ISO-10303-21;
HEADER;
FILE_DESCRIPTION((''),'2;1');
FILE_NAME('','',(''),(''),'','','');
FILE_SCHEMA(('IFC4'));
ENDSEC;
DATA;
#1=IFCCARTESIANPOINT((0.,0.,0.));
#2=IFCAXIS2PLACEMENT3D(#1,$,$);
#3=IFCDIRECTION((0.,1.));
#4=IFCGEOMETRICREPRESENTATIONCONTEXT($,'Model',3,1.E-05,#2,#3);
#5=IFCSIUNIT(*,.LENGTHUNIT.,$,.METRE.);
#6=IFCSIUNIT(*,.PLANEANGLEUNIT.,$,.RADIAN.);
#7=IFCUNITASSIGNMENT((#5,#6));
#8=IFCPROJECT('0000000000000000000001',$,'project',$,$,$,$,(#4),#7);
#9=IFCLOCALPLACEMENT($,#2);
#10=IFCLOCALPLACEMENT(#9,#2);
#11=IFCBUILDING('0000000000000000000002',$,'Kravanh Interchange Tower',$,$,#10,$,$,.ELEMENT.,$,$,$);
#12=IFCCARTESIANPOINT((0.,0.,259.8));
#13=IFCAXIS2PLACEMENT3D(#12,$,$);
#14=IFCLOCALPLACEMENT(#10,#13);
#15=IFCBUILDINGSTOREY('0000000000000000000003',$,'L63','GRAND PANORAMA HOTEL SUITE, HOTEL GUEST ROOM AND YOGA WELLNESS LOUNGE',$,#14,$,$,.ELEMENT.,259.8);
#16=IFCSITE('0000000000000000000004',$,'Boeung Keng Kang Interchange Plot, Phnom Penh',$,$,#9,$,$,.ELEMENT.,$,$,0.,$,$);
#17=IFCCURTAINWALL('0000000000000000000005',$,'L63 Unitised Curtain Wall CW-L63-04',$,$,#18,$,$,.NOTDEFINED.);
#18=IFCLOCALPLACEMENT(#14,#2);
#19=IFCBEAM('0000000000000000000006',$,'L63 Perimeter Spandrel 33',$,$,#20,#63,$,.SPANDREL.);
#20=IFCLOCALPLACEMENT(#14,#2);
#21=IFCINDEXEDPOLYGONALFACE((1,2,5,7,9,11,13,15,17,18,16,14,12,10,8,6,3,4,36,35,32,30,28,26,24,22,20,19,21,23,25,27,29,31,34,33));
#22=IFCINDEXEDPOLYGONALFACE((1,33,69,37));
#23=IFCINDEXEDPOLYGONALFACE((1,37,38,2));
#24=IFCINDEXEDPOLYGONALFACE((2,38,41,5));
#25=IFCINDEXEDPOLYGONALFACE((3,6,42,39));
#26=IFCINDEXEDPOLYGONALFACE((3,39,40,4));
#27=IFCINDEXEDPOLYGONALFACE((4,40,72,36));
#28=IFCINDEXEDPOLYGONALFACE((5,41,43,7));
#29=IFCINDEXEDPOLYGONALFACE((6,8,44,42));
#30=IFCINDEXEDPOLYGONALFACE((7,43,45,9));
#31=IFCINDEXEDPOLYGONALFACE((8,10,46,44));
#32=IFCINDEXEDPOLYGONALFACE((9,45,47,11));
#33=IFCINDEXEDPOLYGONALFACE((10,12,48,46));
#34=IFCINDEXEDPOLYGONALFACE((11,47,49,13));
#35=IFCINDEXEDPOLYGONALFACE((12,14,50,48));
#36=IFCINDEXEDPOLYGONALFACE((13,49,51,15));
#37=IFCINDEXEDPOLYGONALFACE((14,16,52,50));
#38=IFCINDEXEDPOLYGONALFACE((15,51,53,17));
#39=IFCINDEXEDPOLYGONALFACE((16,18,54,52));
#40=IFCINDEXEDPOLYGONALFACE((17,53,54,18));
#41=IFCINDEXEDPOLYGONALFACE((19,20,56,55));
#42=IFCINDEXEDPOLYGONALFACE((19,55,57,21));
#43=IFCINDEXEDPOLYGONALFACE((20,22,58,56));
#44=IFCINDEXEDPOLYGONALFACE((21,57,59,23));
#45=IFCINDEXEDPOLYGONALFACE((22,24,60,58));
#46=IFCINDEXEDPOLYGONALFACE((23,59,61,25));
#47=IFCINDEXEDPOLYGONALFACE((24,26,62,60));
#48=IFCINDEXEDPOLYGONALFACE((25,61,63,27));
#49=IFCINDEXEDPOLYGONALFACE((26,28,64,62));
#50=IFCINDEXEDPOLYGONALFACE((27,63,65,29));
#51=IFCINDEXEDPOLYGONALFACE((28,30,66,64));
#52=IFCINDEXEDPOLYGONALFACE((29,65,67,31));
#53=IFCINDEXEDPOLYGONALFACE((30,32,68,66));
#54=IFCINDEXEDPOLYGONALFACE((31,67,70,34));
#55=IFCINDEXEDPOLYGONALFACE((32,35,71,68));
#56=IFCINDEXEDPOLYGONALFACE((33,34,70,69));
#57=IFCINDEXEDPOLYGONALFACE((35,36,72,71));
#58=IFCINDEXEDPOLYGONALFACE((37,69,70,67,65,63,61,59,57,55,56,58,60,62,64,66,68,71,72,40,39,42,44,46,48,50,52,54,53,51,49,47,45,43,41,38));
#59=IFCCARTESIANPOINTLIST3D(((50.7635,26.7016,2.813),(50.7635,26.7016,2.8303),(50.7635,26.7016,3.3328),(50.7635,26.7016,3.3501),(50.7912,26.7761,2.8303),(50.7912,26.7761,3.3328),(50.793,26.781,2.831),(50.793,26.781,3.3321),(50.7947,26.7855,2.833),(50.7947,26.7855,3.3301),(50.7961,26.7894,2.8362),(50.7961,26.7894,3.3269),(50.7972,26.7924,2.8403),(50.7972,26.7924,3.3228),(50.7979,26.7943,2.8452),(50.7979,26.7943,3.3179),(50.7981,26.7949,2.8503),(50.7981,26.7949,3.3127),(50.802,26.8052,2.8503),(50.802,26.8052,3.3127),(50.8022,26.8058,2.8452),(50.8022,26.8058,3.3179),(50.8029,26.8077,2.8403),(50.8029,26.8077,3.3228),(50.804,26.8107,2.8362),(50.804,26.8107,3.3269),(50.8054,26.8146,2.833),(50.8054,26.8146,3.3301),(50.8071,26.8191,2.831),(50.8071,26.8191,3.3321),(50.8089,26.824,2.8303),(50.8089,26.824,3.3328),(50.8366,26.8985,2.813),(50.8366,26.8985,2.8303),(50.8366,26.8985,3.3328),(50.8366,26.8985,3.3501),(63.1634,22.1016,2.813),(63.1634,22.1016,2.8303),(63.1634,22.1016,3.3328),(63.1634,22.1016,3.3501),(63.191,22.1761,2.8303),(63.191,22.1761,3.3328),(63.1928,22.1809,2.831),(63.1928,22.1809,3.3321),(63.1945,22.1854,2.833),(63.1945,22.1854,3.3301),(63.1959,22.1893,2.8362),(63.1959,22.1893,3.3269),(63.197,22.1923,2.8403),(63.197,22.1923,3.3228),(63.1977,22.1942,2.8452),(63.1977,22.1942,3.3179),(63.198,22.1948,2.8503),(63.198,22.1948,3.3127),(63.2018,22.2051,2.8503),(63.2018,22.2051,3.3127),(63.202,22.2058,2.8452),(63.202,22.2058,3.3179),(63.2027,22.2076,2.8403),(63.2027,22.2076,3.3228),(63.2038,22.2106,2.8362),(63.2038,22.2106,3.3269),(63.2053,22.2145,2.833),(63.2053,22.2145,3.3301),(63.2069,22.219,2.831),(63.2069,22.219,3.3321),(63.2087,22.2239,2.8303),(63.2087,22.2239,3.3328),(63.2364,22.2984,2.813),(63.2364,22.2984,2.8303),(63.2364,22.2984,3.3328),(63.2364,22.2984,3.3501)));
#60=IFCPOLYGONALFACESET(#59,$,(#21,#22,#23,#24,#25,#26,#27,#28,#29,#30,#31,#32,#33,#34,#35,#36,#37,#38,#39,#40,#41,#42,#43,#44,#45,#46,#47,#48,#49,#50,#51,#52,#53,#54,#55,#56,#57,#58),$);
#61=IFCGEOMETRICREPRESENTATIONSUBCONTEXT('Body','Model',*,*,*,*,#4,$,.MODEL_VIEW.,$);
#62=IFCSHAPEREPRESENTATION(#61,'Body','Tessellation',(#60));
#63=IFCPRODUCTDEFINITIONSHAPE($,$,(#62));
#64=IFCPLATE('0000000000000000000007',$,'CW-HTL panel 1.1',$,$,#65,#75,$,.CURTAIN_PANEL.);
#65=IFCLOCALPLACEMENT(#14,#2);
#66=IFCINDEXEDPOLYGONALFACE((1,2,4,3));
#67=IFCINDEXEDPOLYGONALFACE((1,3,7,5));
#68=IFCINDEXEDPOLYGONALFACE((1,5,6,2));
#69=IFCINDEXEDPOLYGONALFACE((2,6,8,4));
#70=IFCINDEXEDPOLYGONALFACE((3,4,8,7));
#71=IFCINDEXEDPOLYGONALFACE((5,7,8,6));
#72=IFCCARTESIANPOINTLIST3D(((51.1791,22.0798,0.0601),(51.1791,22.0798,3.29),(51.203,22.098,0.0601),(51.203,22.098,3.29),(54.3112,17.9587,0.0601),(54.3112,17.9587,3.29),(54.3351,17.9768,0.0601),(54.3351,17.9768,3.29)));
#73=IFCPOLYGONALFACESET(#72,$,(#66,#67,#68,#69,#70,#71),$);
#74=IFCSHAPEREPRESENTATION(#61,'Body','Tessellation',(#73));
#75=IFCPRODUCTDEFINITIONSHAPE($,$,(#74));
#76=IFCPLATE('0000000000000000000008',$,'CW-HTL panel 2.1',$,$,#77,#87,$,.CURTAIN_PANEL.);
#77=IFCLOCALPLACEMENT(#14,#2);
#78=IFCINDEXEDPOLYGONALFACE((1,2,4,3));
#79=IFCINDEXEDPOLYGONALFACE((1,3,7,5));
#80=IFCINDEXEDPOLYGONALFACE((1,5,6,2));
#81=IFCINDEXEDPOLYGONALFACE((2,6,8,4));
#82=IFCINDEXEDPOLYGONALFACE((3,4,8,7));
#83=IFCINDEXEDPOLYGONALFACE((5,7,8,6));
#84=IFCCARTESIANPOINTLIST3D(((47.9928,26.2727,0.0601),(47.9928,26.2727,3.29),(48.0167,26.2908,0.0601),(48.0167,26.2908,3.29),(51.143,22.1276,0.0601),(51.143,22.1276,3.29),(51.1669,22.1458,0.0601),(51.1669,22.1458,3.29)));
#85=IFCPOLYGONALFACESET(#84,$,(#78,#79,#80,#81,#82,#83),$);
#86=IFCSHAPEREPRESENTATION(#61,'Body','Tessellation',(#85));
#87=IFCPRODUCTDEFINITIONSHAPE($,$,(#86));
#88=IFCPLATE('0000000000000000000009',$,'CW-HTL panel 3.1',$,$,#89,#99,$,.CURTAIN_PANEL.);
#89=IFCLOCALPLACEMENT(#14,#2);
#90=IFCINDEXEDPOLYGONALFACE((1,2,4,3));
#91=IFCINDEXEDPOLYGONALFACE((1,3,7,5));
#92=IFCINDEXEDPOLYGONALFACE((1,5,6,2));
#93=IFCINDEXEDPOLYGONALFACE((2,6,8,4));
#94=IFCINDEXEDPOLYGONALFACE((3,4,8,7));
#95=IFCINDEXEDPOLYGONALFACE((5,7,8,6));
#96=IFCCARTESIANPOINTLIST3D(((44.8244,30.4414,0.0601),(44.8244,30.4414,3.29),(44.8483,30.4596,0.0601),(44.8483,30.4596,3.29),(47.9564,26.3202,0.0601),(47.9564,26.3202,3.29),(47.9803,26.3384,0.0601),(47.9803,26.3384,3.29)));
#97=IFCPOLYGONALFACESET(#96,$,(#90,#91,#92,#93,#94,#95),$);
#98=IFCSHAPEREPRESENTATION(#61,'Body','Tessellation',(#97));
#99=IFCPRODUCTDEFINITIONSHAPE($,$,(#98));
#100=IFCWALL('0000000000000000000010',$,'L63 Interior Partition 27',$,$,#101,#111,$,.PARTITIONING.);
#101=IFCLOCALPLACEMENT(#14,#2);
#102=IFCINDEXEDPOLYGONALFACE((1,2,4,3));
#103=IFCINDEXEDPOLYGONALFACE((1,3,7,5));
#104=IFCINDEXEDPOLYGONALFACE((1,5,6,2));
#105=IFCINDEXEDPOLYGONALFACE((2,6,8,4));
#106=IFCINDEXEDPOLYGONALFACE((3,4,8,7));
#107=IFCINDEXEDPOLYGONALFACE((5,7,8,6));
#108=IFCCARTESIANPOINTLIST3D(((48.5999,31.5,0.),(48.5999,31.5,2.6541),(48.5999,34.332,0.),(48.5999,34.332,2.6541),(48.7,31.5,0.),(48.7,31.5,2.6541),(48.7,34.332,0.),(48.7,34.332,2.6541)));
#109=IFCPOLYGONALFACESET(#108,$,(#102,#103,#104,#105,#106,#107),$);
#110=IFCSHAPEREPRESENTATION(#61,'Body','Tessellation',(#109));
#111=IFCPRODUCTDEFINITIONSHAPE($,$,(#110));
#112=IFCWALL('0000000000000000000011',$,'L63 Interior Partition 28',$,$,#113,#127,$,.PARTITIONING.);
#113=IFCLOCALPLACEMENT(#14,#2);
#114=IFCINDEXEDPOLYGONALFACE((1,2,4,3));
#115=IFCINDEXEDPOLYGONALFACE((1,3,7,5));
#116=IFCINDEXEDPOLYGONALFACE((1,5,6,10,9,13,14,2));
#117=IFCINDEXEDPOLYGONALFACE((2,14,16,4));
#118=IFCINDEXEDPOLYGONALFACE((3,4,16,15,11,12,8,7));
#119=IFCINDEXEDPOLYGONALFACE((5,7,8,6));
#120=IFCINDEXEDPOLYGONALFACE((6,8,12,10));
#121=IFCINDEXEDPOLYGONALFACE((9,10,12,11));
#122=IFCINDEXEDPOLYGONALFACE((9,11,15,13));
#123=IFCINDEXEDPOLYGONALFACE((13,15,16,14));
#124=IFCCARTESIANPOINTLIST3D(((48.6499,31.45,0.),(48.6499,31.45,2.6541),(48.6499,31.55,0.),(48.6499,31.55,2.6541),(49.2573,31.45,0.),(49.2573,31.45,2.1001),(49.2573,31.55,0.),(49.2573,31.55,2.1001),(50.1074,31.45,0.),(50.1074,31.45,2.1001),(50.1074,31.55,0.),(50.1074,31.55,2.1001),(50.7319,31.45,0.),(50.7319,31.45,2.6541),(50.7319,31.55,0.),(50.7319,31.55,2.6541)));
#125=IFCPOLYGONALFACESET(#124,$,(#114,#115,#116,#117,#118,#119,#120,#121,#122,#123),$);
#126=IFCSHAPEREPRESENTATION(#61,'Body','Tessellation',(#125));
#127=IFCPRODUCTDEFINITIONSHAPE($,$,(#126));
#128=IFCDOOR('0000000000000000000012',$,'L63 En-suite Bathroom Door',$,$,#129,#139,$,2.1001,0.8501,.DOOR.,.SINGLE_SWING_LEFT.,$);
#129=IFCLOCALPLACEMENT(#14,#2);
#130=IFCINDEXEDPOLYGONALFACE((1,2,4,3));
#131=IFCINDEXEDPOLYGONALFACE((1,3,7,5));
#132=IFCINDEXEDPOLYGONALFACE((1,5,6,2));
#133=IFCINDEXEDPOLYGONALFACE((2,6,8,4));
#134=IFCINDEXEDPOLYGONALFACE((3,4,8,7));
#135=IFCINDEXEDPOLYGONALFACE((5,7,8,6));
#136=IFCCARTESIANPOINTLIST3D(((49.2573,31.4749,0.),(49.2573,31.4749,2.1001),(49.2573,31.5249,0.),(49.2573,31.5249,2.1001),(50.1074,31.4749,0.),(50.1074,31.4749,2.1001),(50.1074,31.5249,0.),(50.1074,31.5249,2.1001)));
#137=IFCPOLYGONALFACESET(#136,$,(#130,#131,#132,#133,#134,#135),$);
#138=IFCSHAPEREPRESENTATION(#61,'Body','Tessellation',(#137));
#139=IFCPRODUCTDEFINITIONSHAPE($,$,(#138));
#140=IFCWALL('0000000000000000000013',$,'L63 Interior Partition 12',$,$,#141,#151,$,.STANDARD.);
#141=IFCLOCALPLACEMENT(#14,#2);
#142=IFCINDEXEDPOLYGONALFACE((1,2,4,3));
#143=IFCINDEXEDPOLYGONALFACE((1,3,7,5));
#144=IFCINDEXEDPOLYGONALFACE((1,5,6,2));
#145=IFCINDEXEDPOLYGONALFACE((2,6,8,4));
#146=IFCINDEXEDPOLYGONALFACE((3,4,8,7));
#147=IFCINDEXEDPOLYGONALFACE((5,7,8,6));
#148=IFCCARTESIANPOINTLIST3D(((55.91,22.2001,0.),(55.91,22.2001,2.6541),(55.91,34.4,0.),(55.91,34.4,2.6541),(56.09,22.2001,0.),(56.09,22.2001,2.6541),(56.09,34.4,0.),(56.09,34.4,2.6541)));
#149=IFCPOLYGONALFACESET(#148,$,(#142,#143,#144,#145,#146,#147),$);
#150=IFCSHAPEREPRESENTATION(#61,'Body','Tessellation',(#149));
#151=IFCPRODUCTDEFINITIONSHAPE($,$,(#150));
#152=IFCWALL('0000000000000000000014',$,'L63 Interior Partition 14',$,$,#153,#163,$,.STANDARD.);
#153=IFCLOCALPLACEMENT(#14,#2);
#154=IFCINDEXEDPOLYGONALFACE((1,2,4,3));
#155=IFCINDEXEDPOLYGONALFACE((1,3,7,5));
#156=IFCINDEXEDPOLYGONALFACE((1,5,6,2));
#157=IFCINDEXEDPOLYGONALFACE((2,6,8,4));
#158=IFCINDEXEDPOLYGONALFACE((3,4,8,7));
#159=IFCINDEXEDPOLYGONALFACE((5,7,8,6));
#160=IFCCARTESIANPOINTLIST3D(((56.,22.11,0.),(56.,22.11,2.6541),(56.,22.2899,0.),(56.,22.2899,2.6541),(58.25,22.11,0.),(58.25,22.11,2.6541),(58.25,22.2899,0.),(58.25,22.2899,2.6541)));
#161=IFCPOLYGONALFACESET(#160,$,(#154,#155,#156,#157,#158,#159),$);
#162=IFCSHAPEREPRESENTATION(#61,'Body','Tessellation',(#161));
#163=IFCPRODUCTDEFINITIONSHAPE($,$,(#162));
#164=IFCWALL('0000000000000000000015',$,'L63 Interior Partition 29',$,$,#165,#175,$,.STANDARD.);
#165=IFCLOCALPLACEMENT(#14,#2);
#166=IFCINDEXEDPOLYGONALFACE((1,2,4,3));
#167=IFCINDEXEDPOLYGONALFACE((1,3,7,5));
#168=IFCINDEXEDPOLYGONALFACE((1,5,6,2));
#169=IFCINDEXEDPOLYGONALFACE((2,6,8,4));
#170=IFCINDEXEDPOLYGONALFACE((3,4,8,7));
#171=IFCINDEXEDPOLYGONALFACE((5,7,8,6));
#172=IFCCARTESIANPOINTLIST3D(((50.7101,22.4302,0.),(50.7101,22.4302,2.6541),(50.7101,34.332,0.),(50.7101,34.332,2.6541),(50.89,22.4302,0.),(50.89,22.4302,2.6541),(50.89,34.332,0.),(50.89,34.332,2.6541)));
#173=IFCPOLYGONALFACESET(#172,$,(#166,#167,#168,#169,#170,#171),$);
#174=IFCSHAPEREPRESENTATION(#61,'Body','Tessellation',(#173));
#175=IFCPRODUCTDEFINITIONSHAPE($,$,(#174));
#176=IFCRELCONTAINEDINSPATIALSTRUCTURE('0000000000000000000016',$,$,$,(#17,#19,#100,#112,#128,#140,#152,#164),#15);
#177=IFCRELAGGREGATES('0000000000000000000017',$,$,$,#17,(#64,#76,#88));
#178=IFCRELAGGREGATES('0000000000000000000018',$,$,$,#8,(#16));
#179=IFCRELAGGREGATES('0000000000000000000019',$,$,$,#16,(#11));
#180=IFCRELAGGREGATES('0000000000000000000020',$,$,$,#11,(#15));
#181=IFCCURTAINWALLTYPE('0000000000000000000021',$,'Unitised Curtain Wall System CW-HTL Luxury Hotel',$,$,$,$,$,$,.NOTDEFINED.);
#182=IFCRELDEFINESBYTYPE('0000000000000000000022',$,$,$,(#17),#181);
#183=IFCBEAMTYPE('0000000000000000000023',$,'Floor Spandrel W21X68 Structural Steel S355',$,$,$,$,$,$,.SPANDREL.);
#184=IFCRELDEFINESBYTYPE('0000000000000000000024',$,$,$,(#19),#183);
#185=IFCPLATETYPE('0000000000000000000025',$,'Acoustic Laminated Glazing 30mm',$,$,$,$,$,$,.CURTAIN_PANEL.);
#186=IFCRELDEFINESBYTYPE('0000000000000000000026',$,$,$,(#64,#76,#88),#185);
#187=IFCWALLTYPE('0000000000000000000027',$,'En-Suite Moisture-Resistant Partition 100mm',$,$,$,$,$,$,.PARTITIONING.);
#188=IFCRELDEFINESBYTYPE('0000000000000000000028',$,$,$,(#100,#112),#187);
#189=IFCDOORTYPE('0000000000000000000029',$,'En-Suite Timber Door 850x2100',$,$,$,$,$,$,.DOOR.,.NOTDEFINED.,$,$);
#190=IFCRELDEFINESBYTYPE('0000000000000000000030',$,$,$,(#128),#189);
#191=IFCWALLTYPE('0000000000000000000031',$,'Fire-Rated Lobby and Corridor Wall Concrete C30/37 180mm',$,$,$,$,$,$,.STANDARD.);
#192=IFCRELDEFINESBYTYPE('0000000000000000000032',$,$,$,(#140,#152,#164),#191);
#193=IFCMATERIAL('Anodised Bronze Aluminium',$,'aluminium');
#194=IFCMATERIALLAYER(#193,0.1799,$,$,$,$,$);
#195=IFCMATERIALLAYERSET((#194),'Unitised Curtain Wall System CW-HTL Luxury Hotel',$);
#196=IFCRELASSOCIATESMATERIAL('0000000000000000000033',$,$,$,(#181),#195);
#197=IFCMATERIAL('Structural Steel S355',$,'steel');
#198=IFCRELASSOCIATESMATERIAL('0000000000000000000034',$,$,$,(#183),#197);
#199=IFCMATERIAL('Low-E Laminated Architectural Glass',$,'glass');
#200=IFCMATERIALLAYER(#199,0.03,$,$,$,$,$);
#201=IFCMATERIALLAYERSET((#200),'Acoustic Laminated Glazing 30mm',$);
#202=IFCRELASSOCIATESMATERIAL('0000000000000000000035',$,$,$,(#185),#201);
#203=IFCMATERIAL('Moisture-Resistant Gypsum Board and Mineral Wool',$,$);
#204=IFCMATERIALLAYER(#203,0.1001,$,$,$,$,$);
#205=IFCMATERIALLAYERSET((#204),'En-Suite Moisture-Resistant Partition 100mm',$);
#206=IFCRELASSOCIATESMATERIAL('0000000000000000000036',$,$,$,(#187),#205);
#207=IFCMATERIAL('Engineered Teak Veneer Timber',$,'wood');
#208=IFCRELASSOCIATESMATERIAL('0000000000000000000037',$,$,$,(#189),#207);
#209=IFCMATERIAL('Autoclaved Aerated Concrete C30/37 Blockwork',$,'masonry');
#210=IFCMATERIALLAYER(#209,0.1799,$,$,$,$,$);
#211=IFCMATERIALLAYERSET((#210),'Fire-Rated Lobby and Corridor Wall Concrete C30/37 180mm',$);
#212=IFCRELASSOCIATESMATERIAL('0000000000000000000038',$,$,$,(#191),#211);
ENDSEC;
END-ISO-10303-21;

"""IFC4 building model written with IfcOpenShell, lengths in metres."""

from ifc_helpers import new_model, si_unit, direction, frame, frame_2d, origin, origin_2d, place, context, subcontext, project, spatial, rectangle, i_section, extrude, material, layer, layer_set, material_profile, profile_set, type_object, element, fill, aggregate, save


model = new_model("IFC4")

# Units and contexts
model_context = context("Model", 3, precision=1e-05, world=origin(), true_north=direction((0.0, 1.0)))
body_context = subcontext(model_context, "Body", "Model", "MODEL_VIEW")
ifc_project = project(units=[si_unit("LENGTHUNIT", "METRE"), si_unit("PLANEANGLEUNIT", "RADIAN")], contexts=[model_context])

# Site, building, storey
site_placement = place(None, origin())
site = spatial("IfcSite", under=ifc_project, at=site_placement, Name="Boeung Keng Kang Interchange Plot, Phnom Penh", CompositionType="ELEMENT", RefElevation=0.0)
building_placement = place(site_placement, origin())
building = spatial("IfcBuilding", under=site, at=building_placement, Name="Kravanh Interchange Tower", CompositionType="ELEMENT")
storey_placement = place(building_placement, frame((0.0, 0.0, 259.8)))
storey = spatial("IfcBuildingStorey", under=building, at=storey_placement, Name="L63", Description="GRAND PANORAMA HOTEL SUITE, HOTEL GUEST ROOM AND YOGA WELLNESS LOUNGE", CompositionType="ELEMENT", Elevation=259.8)

# Shared definitions
ifc_material_1 = material(Name="Anodised Bronze Aluminium", Category="aluminium")
ifc_layer_1 = layer(ifc_material_1, 0.1799)
ifc_layer_set_1 = layer_set([ifc_layer_1], Name="Unitised Curtain Wall System CW-HTL Luxury Hotel")
curtain_wall_type = type_object("IfcCurtainWallType", Name="Unitised Curtain Wall System CW-HTL Luxury Hotel", PredefinedType="NOTDEFINED", material=ifc_layer_set_1)

# Curtain wall
curtain_wall_1_placement = place(storey_placement, origin())
curtain_wall_1 = element("IfcCurtainWall", 1, at=curtain_wall_1_placement, inside=storey, type_object=curtain_wall_type, Name="L63 Unitised Curtain Wall CW-L63-04", PredefinedType="NOTDEFINED")

# Beam
ifc_material_2 = material(Name="Structural Steel S355", Category="steel")
ifc_material_profile_1 = material_profile(ifc_material_2, i_section(OverallWidth=0.21, OverallDepth=0.5371, WebThickness=0.011, FlangeThickness=0.0173, FilletRadius=0.02, at=origin_2d()), Name="W21X68")
ifc_profile_set_1 = profile_set([ifc_material_profile_1], Name="Structural Steel S355")
beam_type_1 = type_object("IfcBeamType", Name="Floor Spandrel W21X68 Structural Steel S355", PredefinedType="SPANDREL", material=ifc_profile_set_1)
beam_1_placement = place(storey_placement, frame((50.8, 26.8, 3.0815), z_axis=(0.937563, -0.347816, 0.0), x_axis=(0.347816, 0.937563, 0.0)))
element("IfcBeam", 2, at=beam_1_placement, inside=storey, type_object=beam_type_1, Name="L63 Perimeter Spandrel 33", PredefinedType="SPANDREL", context=body_context, shape_type="SweptSolid", body=[
    extrude(i_section(OverallWidth=0.21, OverallDepth=0.5371, WebThickness=0.011, FlangeThickness=0.0173, FilletRadius=0.02, at=origin_2d()), origin(), (0.0, 0.0, 1.0), 13.2256),
])

# Plates
ifc_material_3 = material(Name="Low-E Laminated Architectural Glass", Category="glass")
ifc_layer_2 = layer(ifc_material_3, 0.03)
ifc_layer_set_2 = layer_set([ifc_layer_2], Name="Acoustic Laminated Glazing 30mm")
plate_type = type_object("IfcPlateType", Name="Acoustic Laminated Glazing 30mm", PredefinedType="CURTAIN_PANEL", material=ifc_layer_set_2)
plate_1_placement = place(storey_placement, frame((52.7571, 20.0283, 0.0601), z_axis=(0.0, 0.0, 1.0), x_axis=(-0.605083, 0.796162, 0.0)))
plate_1 = element("IfcPlate", 3, at=plate_1_placement, type_object=plate_type, Name="CW-HTL panel 1.1", PredefinedType="CURTAIN_PANEL", context=body_context, shape_type="SweptSolid", body=[
    extrude(rectangle(XDim=5.1763, YDim=0.03, at=origin_2d()), origin(), (0.0, 0.0, 1.0), 3.23),
])
plate_2_placement = place(storey_placement, frame((49.5798, 24.2092, 0.0601), z_axis=(0.0, 0.0, 1.0), x_axis=(-0.605083, 0.796162, 0.0)))
plate_2 = element("IfcPlate", 4, at=plate_2_placement, type_object=plate_type, Name="CW-HTL panel 2.1", PredefinedType="CURTAIN_PANEL", context=body_context, shape_type="SweptSolid", body=[
    extrude(rectangle(XDim=5.2063, YDim=0.03, at=origin_2d()), origin(), (0.0, 0.0, 1.0), 3.23),
])
plate_3_placement = place(storey_placement, frame((46.4023, 28.3899, 0.0601), z_axis=(0.0, 0.0, 1.0), x_axis=(-0.605083, 0.796162, 0.0)))
plate_3 = element("IfcPlate", 5, at=plate_3_placement, type_object=plate_type, Name="CW-HTL panel 3.1", PredefinedType="CURTAIN_PANEL", context=body_context, shape_type="SweptSolid", body=[
    extrude(rectangle(XDim=5.1763, YDim=0.03, at=origin_2d()), origin(), (0.0, 0.0, 1.0), 3.23),
])
aggregate(curtain_wall_1, [plate_1, plate_2, plate_3])

# Shared definitions
ifc_material_4 = material(Name="Moisture-Resistant Gypsum Board and Mineral Wool")
ifc_layer_3 = layer(ifc_material_4, 0.1001)
ifc_layer_set_3 = layer_set([ifc_layer_3], Name="En-Suite Moisture-Resistant Partition 100mm")
wall_type_1 = type_object("IfcWallType", Name="En-Suite Moisture-Resistant Partition 100mm", PredefinedType="PARTITIONING", material=ifc_layer_set_3)

# Wall
wall_1_placement = place(storey_placement, frame((48.6499, 31.5, 0.0), z_axis=(0.0, 0.0, 1.0), x_axis=(0.0, 1.0, 0.0)))
element("IfcWall", 6, at=wall_1_placement, inside=storey, type_object=wall_type_1, Name="L63 Interior Partition 27", PredefinedType="PARTITIONING", context=body_context, shape_type="SweptSolid", body=[
    extrude(rectangle(XDim=2.832, YDim=0.1001, at=frame_2d((1.416, 0.0))), origin(), (0.0, 0.0, 1.0), 2.6541),
])

# Wall, opening, door
wall_2_placement = place(storey_placement, frame((48.6499, 31.5, 0.0), z_axis=(0.0, 0.0, 1.0), x_axis=(1.0, 0.0, 0.0)))
wall_2 = element("IfcWall", 7, at=wall_2_placement, inside=storey, type_object=wall_type_1, Name="L63 Interior Partition 28", PredefinedType="PARTITIONING", context=body_context, shape_type="SweptSolid", body=[
    extrude(rectangle(XDim=2.082, YDim=0.1001, at=frame_2d((1.041, 0.0))), origin(), (0.0, 0.0, 1.0), 2.6541),
])
opening_1_placement = place(wall_2_placement, frame((0.6074, 0.0, 0.0)))
opening_1 = element("IfcOpeningElement", 8, at=opening_1_placement, cuts=wall_2, PredefinedType="OPENING", context=body_context, shape_type="SweptSolid", body=[
    extrude(rectangle(XDim=0.8501, YDim=2.1001, at=frame_2d((0.425, 1.05))), frame((0.0, 0.0601, 0.0), z_axis=(0.0, -1.0, 0.0), x_axis=(1.0, 0.0, 0.0)), (0.0, 0.0, 1.0), 0.1201),
])
ifc_material_5 = material(Name="Engineered Teak Veneer Timber", Category="wood")
door_type_1 = type_object("IfcDoorType", Name="En-Suite Timber Door 850x2100", OperationType="NOTDEFINED", PredefinedType="DOOR", material=ifc_material_5)
door_1_placement = place(opening_1_placement, origin())
door_1 = element("IfcDoor", 9, at=door_1_placement, inside=storey, type_object=door_type_1, Name="L63 En-suite Bathroom Door", OperationType="SINGLE_SWING_LEFT", OverallHeight=2.1001, OverallWidth=0.8501, PredefinedType="DOOR", context=body_context, shape_type="SweptSolid", body=[
    extrude(rectangle(XDim=0.8501, YDim=2.1001, at=frame_2d((0.425, 1.05))), frame((0.0, 0.0249, 0.0), z_axis=(0.0, -1.0, 0.0), x_axis=(1.0, 0.0, 0.0)), (0.0, 0.0, 1.0), 0.05),
])
fill(opening_1, door_1)

# Walls
ifc_material_6 = material(Name="Autoclaved Aerated Concrete C30/37 Blockwork", Category="masonry")
ifc_layer_4 = layer(ifc_material_6, 0.1799)
ifc_layer_set_4 = layer_set([ifc_layer_4], Name="Fire-Rated Lobby and Corridor Wall Concrete C30/37 180mm")
wall_type_2 = type_object("IfcWallType", Name="Fire-Rated Lobby and Corridor Wall Concrete C30/37 180mm", PredefinedType="STANDARD", material=ifc_layer_set_4)
wall_3_placement = place(storey_placement, frame((56.0, 22.2, 0.0), z_axis=(0.0, 0.0, 1.0), x_axis=(0.0, 1.0, 0.0)))
element("IfcWall", 10, at=wall_3_placement, inside=storey, type_object=wall_type_2, Name="L63 Interior Partition 12", PredefinedType="STANDARD", context=body_context, shape_type="SweptSolid", body=[
    extrude(rectangle(XDim=12.2, YDim=0.1799, at=frame_2d((6.1001, 0.0))), origin(), (0.0, 0.0, 1.0), 2.6541),
])
wall_4_placement = place(storey_placement, frame((56.0, 22.2, 0.0), z_axis=(0.0, 0.0, 1.0), x_axis=(1.0, 0.0, 0.0)))
element("IfcWall", 11, at=wall_4_placement, inside=storey, type_object=wall_type_2, Name="L63 Interior Partition 14", PredefinedType="STANDARD", context=body_context, shape_type="SweptSolid", body=[
    extrude(rectangle(XDim=2.25, YDim=0.1799, at=frame_2d((1.125, 0.0))), origin(), (0.0, 0.0, 1.0), 2.6541),
])
wall_5_placement = place(storey_placement, frame((50.8, 22.4302, 0.0), z_axis=(0.0, 0.0, 1.0), x_axis=(0.0, 1.0, 0.0)))
element("IfcWall", 12, at=wall_5_placement, inside=storey, type_object=wall_type_2, Name="L63 Interior Partition 29", PredefinedType="STANDARD", context=body_context, shape_type="SweptSolid", body=[
    extrude(rectangle(XDim=11.9019, YDim=0.1799, at=frame_2d((5.9509, 0.0))), origin(), (0.0, 0.0, 1.0), 2.6541),
])

save(model, "model.ifc")
